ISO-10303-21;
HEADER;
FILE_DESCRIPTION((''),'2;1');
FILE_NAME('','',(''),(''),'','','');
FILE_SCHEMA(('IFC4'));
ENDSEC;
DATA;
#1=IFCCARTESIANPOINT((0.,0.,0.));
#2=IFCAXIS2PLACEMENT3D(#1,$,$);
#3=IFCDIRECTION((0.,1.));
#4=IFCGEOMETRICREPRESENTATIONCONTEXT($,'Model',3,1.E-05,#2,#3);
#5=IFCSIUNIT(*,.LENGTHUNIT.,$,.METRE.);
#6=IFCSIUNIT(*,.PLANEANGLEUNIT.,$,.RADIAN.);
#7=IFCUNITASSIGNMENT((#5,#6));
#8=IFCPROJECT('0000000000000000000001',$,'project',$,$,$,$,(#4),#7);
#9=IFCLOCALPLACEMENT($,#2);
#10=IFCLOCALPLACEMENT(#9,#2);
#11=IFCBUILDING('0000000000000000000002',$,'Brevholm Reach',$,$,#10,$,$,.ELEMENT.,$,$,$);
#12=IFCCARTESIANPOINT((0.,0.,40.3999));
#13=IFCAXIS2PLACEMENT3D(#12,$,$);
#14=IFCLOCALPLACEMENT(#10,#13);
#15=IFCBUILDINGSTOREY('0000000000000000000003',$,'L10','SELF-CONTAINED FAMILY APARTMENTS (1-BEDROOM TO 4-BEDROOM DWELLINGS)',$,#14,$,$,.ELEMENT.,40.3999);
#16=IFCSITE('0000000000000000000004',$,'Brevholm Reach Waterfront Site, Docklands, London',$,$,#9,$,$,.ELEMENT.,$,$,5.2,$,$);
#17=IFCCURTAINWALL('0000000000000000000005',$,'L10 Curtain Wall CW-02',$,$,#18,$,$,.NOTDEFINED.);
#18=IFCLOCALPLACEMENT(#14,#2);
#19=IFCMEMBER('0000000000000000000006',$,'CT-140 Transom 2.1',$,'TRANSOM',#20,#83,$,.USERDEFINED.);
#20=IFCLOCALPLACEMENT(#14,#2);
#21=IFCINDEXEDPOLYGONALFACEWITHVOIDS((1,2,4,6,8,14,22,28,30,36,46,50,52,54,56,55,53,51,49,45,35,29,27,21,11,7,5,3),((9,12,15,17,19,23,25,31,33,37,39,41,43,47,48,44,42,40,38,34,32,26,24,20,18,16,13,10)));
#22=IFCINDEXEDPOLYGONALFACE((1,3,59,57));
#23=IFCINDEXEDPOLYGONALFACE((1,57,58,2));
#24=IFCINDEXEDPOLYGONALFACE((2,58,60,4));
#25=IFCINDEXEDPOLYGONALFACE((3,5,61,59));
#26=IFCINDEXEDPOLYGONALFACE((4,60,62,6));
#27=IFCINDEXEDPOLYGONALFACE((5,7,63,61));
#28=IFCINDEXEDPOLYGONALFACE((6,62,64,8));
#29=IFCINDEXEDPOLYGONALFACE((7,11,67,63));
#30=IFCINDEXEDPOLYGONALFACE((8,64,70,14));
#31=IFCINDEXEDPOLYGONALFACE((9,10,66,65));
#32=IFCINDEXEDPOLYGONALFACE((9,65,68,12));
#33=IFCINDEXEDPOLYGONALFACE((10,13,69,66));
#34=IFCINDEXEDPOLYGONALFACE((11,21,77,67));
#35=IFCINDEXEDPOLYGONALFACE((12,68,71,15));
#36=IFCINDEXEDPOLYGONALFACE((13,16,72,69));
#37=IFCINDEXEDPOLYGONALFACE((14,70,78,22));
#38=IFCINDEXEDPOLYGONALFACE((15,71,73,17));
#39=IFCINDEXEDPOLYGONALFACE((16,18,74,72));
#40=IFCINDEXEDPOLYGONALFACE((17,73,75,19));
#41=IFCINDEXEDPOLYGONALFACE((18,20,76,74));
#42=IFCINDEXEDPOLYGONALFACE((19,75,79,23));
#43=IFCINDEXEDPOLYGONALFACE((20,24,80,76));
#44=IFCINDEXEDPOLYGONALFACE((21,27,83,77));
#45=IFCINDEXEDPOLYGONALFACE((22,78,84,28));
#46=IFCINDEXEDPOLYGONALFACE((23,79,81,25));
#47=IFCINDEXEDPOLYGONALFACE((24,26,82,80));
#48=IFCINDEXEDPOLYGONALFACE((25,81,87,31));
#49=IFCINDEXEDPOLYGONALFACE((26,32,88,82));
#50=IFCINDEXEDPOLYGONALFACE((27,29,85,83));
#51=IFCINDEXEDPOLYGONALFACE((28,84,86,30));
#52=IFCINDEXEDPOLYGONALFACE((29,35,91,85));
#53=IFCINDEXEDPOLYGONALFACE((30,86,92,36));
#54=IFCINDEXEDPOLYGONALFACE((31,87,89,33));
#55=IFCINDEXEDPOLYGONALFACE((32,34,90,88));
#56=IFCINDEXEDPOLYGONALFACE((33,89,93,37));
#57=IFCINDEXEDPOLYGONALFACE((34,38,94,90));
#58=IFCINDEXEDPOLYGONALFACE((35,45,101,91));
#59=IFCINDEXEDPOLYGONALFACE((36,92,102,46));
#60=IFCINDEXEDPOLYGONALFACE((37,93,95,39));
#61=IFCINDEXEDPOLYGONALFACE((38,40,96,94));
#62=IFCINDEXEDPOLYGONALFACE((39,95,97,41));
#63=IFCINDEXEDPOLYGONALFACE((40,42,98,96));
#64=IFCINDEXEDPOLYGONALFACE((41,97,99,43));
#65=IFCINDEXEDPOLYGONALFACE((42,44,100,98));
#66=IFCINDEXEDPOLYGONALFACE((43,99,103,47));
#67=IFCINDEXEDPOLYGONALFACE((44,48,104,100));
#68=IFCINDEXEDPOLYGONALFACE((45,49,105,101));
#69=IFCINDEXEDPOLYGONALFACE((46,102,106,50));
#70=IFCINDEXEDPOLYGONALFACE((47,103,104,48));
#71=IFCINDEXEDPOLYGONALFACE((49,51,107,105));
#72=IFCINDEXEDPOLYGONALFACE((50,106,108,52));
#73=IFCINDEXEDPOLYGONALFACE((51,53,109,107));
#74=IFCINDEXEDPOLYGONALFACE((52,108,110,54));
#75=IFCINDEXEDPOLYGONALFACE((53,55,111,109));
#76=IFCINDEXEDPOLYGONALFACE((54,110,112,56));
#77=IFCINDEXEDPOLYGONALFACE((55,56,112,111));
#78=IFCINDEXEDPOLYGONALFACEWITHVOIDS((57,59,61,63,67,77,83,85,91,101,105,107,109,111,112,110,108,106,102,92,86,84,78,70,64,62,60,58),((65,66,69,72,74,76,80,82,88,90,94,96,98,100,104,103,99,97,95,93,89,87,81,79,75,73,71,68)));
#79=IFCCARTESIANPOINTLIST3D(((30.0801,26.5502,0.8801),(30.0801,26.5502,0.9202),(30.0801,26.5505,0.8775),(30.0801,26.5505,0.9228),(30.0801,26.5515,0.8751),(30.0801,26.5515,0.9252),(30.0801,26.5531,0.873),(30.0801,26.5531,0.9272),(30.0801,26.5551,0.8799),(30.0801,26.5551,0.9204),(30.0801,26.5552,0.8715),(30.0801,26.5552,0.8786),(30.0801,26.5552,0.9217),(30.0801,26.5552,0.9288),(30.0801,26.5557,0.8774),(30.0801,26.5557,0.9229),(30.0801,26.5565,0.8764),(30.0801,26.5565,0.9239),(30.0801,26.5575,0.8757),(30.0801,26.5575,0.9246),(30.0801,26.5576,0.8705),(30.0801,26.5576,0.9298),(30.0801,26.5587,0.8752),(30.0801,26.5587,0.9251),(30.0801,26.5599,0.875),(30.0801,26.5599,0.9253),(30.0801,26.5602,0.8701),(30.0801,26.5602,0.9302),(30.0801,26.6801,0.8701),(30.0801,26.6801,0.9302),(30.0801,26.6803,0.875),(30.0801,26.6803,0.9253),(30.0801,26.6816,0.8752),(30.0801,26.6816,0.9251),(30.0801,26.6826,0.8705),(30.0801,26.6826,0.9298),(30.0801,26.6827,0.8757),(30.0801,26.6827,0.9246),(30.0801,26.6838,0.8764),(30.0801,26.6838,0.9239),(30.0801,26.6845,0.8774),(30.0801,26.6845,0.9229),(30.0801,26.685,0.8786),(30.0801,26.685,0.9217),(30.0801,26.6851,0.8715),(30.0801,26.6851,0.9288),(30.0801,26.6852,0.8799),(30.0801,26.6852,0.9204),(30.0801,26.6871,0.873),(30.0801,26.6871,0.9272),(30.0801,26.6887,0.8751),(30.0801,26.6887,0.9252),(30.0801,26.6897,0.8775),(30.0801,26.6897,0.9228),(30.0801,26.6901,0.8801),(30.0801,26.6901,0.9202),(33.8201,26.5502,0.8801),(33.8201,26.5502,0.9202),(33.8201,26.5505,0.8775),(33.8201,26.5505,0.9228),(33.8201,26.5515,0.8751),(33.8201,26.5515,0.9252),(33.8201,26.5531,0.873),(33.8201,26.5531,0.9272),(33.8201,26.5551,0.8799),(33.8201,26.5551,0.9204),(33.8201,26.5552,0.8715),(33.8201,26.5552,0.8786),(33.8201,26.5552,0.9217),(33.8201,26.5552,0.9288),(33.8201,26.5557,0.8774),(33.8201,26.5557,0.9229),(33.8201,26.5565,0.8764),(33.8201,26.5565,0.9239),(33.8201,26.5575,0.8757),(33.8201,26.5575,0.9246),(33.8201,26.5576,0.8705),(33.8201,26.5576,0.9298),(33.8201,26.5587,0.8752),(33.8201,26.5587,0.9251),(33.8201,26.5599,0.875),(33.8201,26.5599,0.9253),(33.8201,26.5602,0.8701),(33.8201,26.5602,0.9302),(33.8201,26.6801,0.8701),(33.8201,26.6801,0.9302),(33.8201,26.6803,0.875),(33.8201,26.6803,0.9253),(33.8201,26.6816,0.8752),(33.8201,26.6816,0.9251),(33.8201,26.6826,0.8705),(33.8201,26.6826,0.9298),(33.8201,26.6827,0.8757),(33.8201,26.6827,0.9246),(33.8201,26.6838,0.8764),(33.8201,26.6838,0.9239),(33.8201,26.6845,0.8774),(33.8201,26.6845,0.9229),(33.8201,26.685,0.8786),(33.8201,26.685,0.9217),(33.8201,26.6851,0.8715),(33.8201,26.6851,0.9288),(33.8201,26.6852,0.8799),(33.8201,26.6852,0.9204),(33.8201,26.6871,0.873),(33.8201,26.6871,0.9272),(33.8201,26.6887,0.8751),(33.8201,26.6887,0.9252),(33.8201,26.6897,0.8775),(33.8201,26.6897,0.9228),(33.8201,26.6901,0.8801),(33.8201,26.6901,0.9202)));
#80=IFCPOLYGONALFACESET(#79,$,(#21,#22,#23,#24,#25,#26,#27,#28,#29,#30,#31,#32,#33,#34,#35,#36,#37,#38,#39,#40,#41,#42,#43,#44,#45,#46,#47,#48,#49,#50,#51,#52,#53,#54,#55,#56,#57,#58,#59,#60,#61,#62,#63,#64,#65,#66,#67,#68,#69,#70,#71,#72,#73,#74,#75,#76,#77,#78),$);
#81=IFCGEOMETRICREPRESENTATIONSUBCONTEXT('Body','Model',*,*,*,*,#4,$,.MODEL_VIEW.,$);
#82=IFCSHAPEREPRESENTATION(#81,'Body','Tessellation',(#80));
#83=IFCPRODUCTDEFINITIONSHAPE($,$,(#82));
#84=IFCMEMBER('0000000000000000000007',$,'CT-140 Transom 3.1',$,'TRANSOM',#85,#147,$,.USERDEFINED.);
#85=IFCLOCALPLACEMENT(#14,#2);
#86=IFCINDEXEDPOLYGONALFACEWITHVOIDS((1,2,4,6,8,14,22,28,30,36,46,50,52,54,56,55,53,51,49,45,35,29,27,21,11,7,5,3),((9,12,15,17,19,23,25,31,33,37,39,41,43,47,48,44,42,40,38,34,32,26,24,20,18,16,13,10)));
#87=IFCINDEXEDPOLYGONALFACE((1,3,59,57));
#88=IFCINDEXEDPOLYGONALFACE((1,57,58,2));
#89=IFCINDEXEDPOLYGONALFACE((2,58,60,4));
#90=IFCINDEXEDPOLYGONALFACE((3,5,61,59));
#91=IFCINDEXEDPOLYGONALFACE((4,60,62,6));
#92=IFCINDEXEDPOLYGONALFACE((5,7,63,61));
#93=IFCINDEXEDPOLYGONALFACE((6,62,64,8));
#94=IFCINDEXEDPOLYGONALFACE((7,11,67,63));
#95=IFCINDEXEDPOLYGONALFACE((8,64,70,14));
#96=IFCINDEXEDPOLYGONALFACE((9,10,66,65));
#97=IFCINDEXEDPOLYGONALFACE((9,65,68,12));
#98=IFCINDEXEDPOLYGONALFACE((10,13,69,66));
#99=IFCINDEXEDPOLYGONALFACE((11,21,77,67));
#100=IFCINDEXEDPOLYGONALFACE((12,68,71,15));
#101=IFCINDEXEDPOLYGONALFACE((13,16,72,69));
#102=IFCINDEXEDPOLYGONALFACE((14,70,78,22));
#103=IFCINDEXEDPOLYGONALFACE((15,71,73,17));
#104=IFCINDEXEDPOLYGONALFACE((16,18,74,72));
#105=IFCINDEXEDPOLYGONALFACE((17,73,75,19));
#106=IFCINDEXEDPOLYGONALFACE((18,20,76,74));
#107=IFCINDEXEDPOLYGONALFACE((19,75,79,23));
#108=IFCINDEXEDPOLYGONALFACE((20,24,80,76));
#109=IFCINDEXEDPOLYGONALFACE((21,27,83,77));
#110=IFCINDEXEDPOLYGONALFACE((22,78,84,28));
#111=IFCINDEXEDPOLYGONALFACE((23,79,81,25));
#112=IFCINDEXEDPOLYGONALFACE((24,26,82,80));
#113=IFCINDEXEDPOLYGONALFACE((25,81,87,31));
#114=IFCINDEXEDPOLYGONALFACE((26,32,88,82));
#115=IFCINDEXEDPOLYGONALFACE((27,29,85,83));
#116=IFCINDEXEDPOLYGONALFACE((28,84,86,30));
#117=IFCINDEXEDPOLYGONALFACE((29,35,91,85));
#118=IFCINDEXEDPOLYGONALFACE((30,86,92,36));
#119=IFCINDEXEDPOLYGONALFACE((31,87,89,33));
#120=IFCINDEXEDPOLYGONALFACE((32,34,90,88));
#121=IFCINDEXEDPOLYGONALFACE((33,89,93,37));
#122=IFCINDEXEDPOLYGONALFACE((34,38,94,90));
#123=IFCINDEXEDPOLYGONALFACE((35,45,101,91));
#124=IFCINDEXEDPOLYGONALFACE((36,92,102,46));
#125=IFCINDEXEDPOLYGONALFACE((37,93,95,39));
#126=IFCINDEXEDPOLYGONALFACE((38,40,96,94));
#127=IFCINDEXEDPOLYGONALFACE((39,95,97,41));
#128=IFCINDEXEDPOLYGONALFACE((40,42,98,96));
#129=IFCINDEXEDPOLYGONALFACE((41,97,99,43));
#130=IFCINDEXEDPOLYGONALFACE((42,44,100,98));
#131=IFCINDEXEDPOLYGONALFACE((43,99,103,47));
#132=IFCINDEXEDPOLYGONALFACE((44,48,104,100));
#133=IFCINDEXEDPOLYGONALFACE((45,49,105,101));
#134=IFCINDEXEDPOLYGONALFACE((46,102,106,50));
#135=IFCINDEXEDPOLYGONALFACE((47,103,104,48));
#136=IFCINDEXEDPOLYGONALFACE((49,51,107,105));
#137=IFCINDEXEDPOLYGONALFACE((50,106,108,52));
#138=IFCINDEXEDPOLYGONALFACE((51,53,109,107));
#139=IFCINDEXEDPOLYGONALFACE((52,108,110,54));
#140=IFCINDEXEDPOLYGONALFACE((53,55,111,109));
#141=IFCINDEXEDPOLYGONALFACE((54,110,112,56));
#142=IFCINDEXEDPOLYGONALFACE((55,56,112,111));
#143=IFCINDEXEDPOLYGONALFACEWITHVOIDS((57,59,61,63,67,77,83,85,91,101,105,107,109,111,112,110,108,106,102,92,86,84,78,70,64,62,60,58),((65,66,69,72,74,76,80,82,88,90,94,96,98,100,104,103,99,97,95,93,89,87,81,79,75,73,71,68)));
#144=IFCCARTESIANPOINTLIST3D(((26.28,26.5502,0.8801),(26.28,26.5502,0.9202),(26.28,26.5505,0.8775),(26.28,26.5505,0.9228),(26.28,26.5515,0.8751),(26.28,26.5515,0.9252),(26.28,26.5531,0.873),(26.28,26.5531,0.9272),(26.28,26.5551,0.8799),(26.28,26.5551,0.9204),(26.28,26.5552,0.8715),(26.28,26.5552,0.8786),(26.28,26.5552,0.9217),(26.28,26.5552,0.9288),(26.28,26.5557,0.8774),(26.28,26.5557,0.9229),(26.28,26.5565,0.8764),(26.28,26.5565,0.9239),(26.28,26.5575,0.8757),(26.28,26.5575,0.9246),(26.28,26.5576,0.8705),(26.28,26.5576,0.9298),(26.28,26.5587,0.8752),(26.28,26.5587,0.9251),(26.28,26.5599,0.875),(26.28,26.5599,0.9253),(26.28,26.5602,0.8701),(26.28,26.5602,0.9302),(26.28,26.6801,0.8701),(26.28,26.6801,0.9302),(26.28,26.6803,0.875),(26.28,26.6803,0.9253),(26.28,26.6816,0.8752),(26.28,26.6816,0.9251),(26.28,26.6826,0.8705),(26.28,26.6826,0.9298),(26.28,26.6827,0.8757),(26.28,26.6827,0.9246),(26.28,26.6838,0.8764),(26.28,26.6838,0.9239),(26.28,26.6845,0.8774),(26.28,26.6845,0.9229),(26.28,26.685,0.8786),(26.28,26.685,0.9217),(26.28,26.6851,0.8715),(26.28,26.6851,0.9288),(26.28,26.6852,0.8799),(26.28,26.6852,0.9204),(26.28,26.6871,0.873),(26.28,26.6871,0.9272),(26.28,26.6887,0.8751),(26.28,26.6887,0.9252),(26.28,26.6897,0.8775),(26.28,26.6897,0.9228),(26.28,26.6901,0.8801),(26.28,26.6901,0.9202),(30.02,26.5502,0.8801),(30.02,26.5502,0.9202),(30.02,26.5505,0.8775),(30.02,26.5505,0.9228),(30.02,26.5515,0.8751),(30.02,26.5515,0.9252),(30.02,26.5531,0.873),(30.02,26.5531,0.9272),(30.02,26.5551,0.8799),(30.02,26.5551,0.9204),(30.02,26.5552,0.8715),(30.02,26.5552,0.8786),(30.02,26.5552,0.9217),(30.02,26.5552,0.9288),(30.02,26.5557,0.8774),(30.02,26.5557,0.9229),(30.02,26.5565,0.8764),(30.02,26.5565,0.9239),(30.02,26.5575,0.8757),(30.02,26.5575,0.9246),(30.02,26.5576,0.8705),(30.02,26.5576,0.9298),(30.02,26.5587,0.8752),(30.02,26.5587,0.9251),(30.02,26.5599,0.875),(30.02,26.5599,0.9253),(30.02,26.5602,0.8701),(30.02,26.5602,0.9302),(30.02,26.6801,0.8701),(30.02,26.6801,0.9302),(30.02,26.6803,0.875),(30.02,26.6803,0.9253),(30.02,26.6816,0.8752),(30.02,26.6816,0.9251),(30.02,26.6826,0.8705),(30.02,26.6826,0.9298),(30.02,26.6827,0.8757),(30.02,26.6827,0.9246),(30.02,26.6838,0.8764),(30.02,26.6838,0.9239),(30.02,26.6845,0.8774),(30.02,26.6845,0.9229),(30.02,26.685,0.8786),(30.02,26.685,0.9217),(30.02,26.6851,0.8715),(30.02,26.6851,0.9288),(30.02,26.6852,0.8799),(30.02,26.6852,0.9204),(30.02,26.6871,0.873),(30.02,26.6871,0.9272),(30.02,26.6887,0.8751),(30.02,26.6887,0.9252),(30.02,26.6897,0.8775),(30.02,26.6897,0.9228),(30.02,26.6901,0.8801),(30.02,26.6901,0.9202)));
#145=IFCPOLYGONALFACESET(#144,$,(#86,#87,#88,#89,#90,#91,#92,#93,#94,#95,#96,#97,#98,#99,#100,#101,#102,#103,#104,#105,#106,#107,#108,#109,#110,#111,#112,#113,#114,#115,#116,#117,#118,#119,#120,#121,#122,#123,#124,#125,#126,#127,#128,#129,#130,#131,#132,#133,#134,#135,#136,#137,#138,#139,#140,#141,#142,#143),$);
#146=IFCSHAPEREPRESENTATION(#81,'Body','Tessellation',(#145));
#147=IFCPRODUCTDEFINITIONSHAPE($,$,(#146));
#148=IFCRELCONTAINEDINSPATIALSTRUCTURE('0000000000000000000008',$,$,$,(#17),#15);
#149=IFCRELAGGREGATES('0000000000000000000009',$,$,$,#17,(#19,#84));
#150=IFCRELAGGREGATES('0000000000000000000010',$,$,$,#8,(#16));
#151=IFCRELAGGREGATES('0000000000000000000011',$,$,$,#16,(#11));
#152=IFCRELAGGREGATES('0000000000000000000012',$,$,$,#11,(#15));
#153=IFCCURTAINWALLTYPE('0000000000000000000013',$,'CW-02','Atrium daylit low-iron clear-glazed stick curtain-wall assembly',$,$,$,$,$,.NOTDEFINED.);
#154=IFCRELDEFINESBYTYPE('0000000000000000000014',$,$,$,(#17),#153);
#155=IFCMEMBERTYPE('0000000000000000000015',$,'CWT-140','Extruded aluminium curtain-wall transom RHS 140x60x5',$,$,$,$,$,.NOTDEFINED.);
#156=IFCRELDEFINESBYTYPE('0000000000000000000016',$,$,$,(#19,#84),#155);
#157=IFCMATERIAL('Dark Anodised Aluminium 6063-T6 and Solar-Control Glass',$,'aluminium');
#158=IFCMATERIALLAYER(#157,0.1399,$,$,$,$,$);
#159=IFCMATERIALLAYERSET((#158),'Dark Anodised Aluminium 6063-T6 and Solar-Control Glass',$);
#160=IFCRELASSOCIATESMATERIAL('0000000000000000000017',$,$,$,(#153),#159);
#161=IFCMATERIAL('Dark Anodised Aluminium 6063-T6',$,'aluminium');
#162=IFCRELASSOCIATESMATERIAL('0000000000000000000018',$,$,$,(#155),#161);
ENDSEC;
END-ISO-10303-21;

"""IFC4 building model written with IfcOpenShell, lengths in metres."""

from ifc_helpers import new_model, si_unit, direction, frame, origin, origin_2d, place, context, subcontext, project, spatial, hollow_rectangle, extrude, material, layer, layer_set, material_profile, profile_set, type_object, element, aggregate, save


model = new_model("IFC4")

# Units and contexts
model_context = context("Model", 3, precision=1e-05, world=origin(), true_north=direction((0.0, 1.0)))
body_context = subcontext(model_context, "Body", "Model", "MODEL_VIEW")
ifc_project = project(units=[si_unit("LENGTHUNIT", "METRE"), si_unit("PLANEANGLEUNIT", "RADIAN")], contexts=[model_context])

# Site, building, storey
site_placement = place(None, origin())
site = spatial("IfcSite", under=ifc_project, at=site_placement, Name="Brevholm Reach Waterfront Site, Docklands, London", CompositionType="ELEMENT", RefElevation=5.2)
building_placement = place(site_placement, origin())
building = spatial("IfcBuilding", under=site, at=building_placement, Name="Brevholm Reach", CompositionType="ELEMENT")
storey_placement = place(building_placement, frame((0.0, 0.0, 40.3999)))
storey = spatial("IfcBuildingStorey", under=building, at=storey_placement, Name="L10", Description="SELF-CONTAINED FAMILY APARTMENTS (1-BEDROOM TO 4-BEDROOM DWELLINGS)", CompositionType="ELEMENT", Elevation=40.3999)

# Curtain wall
ifc_material_1 = material(Name="Dark Anodised Aluminium 6063-T6 and Solar-Control Glass", Category="aluminium")
ifc_layer_1 = layer(ifc_material_1, 0.1399)
ifc_layer_set_1 = layer_set([ifc_layer_1], Name="Dark Anodised Aluminium 6063-T6 and Solar-Control Glass")
curtain_wall_type_1 = type_object("IfcCurtainWallType", Name="CW-02", Description="Atrium daylit low-iron clear-glazed stick curtain-wall assembly", PredefinedType="NOTDEFINED", material=ifc_layer_set_1)
curtain_wall_1_placement = place(storey_placement, origin())
curtain_wall_1 = element("IfcCurtainWall", 1, at=curtain_wall_1_placement, inside=storey, type_object=curtain_wall_type_1, Name="L10 Curtain Wall CW-02", PredefinedType="NOTDEFINED")

# Members
ifc_material_2 = material(Name="Dark Anodised Aluminium 6063-T6", Category="aluminium")
ifc_material_profile_1 = material_profile(ifc_material_2, hollow_rectangle(XDim=0.0601, YDim=0.1399, WallThickness=0.0049, InnerFilletRadius=0.0049, OuterFilletRadius=0.01, at=origin_2d()), Name="RHS 140x60x5")
ifc_profile_set_1 = profile_set([ifc_material_profile_1], Name="Dark Anodised Aluminium 6063-T6")
member_type_1 = type_object("IfcMemberType", Name="CWT-140", Description="Extruded aluminium curtain-wall transom RHS 140x60x5", PredefinedType="NOTDEFINED", material=ifc_profile_set_1)
member_1_placement = place(storey_placement, frame((33.8201, 26.6201, 0.9001), z_axis=(-1.0, 0.0, 0.0), x_axis=(0.0, 0.0, 1.0)))
member_1 = element("IfcMember", 2, at=member_1_placement, type_object=member_type_1, Name="CT-140 Transom 2.1", ObjectType="TRANSOM", PredefinedType="USERDEFINED", context=body_context, shape_type="SweptSolid", body=[
    extrude(hollow_rectangle(XDim=0.0601, YDim=0.1399, WallThickness=0.0049, InnerFilletRadius=0.0049, OuterFilletRadius=0.01, at=origin_2d()), origin(), (0.0, 0.0, 1.0), 3.74),
])
member_2_placement = place(storey_placement, frame((30.02, 26.6201, 0.9001), z_axis=(-1.0, 0.0, 0.0), x_axis=(0.0, 0.0, 1.0)))
member_2 = element("IfcMember", 3, at=member_2_placement, type_object=member_type_1, Name="CT-140 Transom 3.1", ObjectType="TRANSOM", PredefinedType="USERDEFINED", context=body_context, shape_type="SweptSolid", body=[
    extrude(hollow_rectangle(XDim=0.0601, YDim=0.1399, WallThickness=0.0049, InnerFilletRadius=0.0049, OuterFilletRadius=0.01, at=origin_2d()), origin(), (0.0, 0.0, 1.0), 3.74),
])

aggregate(curtain_wall_1, [member_1, member_2])

save(model, "model.ifc")
